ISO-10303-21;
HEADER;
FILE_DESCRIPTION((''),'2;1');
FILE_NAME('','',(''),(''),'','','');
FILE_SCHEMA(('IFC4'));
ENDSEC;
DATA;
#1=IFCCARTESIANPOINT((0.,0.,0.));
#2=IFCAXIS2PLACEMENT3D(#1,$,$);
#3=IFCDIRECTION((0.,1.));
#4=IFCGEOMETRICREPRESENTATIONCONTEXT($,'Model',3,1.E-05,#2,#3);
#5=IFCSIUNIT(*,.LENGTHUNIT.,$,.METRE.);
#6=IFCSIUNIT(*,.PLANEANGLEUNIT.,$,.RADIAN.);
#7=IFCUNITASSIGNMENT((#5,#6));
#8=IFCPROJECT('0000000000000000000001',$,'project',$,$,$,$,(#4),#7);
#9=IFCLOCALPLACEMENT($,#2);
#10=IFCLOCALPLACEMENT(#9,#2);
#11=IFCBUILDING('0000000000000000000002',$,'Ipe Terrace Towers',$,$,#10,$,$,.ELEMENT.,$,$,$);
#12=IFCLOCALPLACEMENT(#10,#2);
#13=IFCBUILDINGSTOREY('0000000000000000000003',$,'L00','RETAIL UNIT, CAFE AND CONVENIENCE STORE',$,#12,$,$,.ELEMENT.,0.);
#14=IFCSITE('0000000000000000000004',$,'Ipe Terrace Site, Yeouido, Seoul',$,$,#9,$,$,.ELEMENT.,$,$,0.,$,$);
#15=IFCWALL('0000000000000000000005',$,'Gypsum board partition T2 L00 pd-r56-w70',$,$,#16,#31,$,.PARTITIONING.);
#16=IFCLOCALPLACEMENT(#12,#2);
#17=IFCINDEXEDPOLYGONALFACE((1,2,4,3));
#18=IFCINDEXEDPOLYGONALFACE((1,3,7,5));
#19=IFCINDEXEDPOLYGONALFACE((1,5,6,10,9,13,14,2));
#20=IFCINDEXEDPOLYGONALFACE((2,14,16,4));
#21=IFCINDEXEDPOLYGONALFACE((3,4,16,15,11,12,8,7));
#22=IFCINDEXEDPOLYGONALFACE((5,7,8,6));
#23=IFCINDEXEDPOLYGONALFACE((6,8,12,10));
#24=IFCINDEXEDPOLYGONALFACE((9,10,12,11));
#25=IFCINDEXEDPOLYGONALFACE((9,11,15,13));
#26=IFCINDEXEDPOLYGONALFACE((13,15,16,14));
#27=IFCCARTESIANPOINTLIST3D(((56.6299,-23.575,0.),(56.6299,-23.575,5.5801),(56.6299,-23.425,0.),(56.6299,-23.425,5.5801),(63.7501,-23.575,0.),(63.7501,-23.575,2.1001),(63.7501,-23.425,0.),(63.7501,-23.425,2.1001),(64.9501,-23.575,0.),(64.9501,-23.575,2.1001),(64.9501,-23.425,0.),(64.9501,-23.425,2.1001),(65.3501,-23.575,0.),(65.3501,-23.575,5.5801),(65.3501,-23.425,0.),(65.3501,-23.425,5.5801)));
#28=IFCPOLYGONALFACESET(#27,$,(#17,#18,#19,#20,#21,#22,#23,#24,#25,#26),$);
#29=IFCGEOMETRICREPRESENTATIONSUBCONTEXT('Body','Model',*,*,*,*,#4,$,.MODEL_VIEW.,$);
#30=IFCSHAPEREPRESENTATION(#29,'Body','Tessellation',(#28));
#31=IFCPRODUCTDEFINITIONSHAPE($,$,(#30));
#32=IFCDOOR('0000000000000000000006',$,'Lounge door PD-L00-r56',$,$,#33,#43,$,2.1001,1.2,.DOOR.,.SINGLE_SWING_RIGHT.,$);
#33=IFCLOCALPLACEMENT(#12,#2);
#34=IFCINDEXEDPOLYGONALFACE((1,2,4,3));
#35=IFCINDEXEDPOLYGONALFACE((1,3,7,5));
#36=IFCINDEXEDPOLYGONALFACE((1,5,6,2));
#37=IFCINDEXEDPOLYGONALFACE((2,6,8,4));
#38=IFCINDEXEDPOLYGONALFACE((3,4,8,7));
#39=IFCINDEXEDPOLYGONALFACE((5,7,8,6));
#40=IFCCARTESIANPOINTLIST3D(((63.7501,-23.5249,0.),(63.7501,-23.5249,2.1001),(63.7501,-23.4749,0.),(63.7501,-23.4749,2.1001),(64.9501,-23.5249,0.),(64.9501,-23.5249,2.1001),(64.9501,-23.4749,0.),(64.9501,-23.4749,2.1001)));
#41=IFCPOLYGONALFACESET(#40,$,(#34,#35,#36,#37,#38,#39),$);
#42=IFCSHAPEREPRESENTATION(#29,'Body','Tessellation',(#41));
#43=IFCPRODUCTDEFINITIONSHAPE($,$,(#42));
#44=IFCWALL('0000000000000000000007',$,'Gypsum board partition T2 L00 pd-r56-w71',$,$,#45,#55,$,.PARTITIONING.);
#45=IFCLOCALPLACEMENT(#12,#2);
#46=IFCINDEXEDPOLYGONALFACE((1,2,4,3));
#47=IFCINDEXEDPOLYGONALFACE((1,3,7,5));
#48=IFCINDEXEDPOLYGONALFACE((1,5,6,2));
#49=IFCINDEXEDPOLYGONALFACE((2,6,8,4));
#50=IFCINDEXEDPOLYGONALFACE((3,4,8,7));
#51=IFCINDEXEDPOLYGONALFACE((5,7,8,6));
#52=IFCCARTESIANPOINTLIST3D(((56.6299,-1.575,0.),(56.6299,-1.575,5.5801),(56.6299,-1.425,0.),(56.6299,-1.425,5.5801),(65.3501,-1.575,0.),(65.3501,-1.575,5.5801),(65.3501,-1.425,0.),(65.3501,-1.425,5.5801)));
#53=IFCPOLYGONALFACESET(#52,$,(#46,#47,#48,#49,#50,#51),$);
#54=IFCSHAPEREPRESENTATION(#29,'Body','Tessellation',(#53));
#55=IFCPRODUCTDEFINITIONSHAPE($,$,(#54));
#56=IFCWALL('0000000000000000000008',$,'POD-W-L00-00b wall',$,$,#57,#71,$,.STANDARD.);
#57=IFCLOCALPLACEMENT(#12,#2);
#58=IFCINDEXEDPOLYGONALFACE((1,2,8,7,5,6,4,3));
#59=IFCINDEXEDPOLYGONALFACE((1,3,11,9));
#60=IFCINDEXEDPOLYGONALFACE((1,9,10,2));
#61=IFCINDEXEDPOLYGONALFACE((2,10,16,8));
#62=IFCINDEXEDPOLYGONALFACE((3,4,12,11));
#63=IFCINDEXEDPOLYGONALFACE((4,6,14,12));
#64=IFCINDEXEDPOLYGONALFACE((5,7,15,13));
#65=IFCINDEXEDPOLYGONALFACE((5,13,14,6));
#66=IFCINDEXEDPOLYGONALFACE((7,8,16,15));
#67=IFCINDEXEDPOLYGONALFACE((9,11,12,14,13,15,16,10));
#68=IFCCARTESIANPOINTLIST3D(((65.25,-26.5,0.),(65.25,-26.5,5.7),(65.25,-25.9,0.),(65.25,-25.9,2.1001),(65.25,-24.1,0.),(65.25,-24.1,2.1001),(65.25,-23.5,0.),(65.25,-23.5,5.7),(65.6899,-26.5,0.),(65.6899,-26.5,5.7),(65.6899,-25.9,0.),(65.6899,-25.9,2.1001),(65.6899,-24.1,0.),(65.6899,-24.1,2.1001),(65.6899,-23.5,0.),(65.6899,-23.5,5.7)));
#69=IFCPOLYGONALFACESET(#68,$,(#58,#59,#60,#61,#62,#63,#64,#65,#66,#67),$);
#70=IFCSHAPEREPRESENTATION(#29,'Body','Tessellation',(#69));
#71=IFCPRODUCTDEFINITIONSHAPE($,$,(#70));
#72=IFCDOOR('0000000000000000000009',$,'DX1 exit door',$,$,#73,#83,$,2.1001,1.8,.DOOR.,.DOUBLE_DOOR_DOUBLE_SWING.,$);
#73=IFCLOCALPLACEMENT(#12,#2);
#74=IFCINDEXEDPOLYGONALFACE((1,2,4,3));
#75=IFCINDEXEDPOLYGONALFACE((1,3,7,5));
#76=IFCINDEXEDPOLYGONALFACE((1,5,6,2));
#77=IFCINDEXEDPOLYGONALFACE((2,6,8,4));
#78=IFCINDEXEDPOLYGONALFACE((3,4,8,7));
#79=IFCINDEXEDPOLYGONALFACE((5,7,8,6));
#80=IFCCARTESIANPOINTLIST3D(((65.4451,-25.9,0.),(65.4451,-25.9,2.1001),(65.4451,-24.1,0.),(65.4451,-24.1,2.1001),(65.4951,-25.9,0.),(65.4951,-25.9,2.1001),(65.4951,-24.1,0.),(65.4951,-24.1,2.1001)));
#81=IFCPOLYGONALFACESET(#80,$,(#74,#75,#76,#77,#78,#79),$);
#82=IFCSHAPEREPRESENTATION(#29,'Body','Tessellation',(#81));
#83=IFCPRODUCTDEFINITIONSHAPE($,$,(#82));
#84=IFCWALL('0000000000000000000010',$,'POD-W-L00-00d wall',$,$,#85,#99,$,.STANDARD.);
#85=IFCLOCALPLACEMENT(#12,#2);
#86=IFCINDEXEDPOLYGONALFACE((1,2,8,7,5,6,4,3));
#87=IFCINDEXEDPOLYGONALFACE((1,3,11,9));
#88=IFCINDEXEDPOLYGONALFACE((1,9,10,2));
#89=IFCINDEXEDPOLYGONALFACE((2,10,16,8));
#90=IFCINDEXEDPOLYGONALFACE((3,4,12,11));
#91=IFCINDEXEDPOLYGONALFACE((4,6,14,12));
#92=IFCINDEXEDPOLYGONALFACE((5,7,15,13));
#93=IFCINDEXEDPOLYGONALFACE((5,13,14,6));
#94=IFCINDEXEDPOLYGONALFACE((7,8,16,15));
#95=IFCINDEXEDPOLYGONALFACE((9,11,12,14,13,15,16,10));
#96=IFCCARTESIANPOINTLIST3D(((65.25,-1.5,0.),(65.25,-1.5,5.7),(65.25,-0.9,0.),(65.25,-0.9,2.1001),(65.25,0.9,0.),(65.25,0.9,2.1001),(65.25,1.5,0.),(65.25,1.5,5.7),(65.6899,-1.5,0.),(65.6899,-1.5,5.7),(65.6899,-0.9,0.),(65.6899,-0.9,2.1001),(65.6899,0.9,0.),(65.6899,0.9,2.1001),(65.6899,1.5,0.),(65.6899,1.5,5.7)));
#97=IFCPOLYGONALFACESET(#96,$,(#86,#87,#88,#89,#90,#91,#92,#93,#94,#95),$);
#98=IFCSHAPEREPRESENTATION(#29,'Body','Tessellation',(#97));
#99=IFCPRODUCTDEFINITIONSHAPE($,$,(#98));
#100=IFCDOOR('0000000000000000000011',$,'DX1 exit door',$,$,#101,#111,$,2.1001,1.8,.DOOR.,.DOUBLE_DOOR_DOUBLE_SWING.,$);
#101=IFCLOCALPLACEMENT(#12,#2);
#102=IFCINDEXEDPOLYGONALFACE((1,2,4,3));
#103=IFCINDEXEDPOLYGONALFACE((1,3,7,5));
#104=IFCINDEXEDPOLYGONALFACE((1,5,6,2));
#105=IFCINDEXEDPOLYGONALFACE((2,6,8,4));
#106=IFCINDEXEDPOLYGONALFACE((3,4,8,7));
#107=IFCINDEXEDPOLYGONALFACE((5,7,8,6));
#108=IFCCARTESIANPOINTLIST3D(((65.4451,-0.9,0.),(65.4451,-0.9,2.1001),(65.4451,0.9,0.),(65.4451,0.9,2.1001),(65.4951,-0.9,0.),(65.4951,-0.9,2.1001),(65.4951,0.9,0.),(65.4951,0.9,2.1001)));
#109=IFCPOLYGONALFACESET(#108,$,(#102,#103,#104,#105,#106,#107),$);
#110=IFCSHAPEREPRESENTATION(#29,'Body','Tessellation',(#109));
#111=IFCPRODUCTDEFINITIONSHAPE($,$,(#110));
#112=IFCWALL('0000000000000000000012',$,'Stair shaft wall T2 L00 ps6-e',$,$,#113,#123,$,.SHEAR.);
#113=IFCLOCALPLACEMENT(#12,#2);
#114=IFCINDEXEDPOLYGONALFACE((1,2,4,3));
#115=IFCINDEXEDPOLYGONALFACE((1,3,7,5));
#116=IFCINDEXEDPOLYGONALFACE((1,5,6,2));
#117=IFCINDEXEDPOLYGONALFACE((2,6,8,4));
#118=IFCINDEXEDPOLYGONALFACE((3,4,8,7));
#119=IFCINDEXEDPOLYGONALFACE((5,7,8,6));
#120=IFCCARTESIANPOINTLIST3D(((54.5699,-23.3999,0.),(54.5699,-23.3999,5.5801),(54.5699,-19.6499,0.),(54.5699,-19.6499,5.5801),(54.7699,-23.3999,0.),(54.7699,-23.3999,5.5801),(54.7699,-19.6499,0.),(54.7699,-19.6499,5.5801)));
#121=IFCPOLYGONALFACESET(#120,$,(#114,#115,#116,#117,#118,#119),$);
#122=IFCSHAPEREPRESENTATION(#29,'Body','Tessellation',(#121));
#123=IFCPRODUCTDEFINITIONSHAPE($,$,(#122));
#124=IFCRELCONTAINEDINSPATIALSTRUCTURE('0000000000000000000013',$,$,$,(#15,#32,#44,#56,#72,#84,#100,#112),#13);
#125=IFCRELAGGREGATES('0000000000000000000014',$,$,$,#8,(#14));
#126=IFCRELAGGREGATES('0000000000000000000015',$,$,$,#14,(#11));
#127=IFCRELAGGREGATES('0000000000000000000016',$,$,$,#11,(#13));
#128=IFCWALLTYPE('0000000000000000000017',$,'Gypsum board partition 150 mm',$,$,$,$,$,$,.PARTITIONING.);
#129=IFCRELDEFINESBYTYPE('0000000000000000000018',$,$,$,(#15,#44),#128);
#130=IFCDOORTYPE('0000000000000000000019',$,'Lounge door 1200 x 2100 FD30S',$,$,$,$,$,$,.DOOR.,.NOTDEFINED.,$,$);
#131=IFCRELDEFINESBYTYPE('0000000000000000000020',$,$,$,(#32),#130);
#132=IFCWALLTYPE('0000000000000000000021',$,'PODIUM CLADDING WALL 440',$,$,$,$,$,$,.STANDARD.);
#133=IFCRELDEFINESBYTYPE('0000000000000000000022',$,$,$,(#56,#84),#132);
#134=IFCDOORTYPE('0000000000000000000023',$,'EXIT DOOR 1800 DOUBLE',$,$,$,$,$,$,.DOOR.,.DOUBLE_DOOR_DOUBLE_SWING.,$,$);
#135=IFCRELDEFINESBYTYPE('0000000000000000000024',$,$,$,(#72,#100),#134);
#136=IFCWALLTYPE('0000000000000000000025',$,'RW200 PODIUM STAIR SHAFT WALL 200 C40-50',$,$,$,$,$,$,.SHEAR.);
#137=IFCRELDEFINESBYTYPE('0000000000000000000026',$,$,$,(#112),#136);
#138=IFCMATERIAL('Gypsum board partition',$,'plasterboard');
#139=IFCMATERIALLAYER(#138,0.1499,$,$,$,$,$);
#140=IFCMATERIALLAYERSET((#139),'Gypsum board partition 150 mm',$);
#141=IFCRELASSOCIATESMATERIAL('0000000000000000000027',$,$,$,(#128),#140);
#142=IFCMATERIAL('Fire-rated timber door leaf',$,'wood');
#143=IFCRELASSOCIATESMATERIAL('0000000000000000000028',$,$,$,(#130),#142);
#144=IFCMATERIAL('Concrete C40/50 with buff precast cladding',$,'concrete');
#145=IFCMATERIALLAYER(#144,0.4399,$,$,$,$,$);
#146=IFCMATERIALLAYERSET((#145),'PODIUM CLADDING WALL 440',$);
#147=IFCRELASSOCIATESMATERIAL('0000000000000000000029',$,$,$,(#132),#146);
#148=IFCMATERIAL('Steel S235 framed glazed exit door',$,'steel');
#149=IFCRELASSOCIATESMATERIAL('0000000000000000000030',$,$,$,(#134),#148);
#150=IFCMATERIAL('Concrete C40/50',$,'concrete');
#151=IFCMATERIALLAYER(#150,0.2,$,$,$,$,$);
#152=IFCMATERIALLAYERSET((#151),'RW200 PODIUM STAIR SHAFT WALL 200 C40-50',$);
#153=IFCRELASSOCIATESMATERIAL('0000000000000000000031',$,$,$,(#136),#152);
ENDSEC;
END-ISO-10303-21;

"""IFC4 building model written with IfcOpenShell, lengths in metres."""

from ifc_helpers import new_model, si_unit, direction, frame, frame_2d, origin, place, context, subcontext, project, spatial, rectangle, extrude, material, layer, layer_set, type_object, element, fill, save


model = new_model("IFC4")

# Units and contexts
model_context = context("Model", 3, precision=1e-05, world=origin(), true_north=direction((0.0, 1.0)))
body_context = subcontext(model_context, "Body", "Model", "MODEL_VIEW")
ifc_project = project(units=[si_unit("LENGTHUNIT", "METRE"), si_unit("PLANEANGLEUNIT", "RADIAN")], contexts=[model_context])

# Site, building, storey
site_placement = place(None, origin())
site = spatial("IfcSite", under=ifc_project, at=site_placement, Name="Ipe Terrace Site, Yeouido, Seoul", CompositionType="ELEMENT", RefElevation=0.0)
building_placement = place(site_placement, origin())
building = spatial("IfcBuilding", under=site, at=building_placement, Name="Ipe Terrace Towers", CompositionType="ELEMENT")
storey_placement = place(building_placement, origin())
storey = spatial("IfcBuildingStorey", under=building, at=storey_placement, Name="L00", Description="RETAIL UNIT, CAFE AND CONVENIENCE STORE", CompositionType="ELEMENT", Elevation=0.0)

# Shared definitions
ifc_material_1 = material(Name="Gypsum board partition", Category="plasterboard")
ifc_layer_1 = layer(ifc_material_1, 0.1499)
ifc_layer_set_1 = layer_set([ifc_layer_1], Name="Gypsum board partition 150 mm")
wall_type_1 = type_object("IfcWallType", Name="Gypsum board partition 150 mm", PredefinedType="PARTITIONING", material=ifc_layer_set_1)

# Wall, opening, door
wall_1_placement = place(storey_placement, frame((65.3501, -23.5, 0.0), z_axis=(0.0, 0.0, 1.0), x_axis=(-1.0, 0.0, 0.0)))
wall_1 = element("IfcWall", 1, at=wall_1_placement, inside=storey, type_object=wall_type_1, Name="Gypsum board partition T2 L00 pd-r56-w70", PredefinedType="PARTITIONING", context=body_context, shape_type="SweptSolid", body=[
    extrude(rectangle(XDim=8.7202, YDim=0.1499, at=frame_2d((4.3601, 0.0))), origin(), (0.0, 0.0, 1.0), 5.5801),
])
opening_1_placement = place(wall_1_placement, frame((0.3999, 0.0, 0.0)))
opening_1 = element("IfcOpeningElement", 2, at=opening_1_placement, cuts=wall_1, PredefinedType="OPENING", context=body_context, shape_type="SweptSolid", body=[
    extrude(rectangle(XDim=1.2, YDim=2.1001, at=frame_2d((0.6001, 1.05))), frame((0.0, 0.085, 0.0), z_axis=(0.0, -1.0, 0.0), x_axis=(1.0, 0.0, 0.0)), (0.0, 0.0, 1.0), 0.1699),
])
ifc_material_2 = material(Name="Fire-rated timber door leaf", Category="wood")
door_type_1 = type_object("IfcDoorType", Name="Lounge door 1200 x 2100 FD30S", OperationType="NOTDEFINED", PredefinedType="DOOR", material=ifc_material_2)
door_1_placement = place(opening_1_placement, origin())
door_1 = element("IfcDoor", 3, at=door_1_placement, inside=storey, type_object=door_type_1, Name="Lounge door PD-L00-r56", OperationType="SINGLE_SWING_RIGHT", OverallHeight=2.1001, OverallWidth=1.2, PredefinedType="DOOR", context=body_context, shape_type="SweptSolid", body=[
    extrude(rectangle(XDim=1.2, YDim=2.1001, at=frame_2d((0.6001, 1.05))), frame((0.0, 0.0249, 0.0), z_axis=(0.0, -1.0, 0.0), x_axis=(1.0, 0.0, 0.0)), (0.0, 0.0, 1.0), 0.05),
])
fill(opening_1, door_1)

# Wall
wall_2_placement = place(storey_placement, frame((56.6299, -1.5, 0.0), z_axis=(0.0, 0.0, 1.0), x_axis=(1.0, 0.0, 0.0)))
element("IfcWall", 4, at=wall_2_placement, inside=storey, type_object=wall_type_1, Name="Gypsum board partition T2 L00 pd-r56-w71", PredefinedType="PARTITIONING", context=body_context, shape_type="SweptSolid", body=[
    extrude(rectangle(XDim=8.7202, YDim=0.1499, at=frame_2d((4.3601, 0.0))), origin(), (0.0, 0.0, 1.0), 5.5801),
])

# Walls, openings, doors
ifc_material_3 = material(Name="Concrete C40/50 with buff precast cladding", Category="concrete")
ifc_layer_2 = layer(ifc_material_3, 0.4399)
ifc_layer_set_2 = layer_set([ifc_layer_2], Name="PODIUM CLADDING WALL 440")
wall_type_2 = type_object("IfcWallType", Name="PODIUM CLADDING WALL 440", PredefinedType="STANDARD", material=ifc_layer_set_2)
wall_3_placement = place(storey_placement, frame((65.47, -26.5, 0.0), z_axis=(0.0, 0.0, 1.0), x_axis=(0.0, 1.0, 0.0)))
wall_3 = element("IfcWall", 5, at=wall_3_placement, inside=storey, type_object=wall_type_2, Name="POD-W-L00-00b wall", PredefinedType="STANDARD", context=body_context, shape_type="SweptSolid", body=[
    extrude(rectangle(XDim=3.0, YDim=0.4399, at=frame_2d((1.5, 0.0))), origin(), (0.0, 0.0, 1.0), 5.7),
])
opening_2_placement = place(wall_3_placement, frame((0.6001, 0.0, 0.0)))
opening_2 = element("IfcOpeningElement", 6, at=opening_2_placement, cuts=wall_3, PredefinedType="OPENING", context=body_context, shape_type="SweptSolid", body=[
    extrude(rectangle(XDim=1.8, YDim=2.1001, at=frame_2d((0.8999, 1.05))), frame((0.0, 0.23, 0.0), z_axis=(0.0, -1.0, 0.0), x_axis=(1.0, 0.0, 0.0)), (0.0, 0.0, 1.0), 0.46),
])
ifc_material_4 = material(Name="Steel S235 framed glazed exit door", Category="steel")
door_type_2 = type_object("IfcDoorType", Name="EXIT DOOR 1800 DOUBLE", OperationType="DOUBLE_DOOR_DOUBLE_SWING", PredefinedType="DOOR", material=ifc_material_4)
door_2_placement = place(opening_2_placement, origin())
door_2 = element("IfcDoor", 7, at=door_2_placement, inside=storey, type_object=door_type_2, Name="DX1 exit door", OperationType="DOUBLE_DOOR_DOUBLE_SWING", OverallHeight=2.1001, OverallWidth=1.8, PredefinedType="DOOR", context=body_context, shape_type="SweptSolid", body=[
    extrude(rectangle(XDim=1.8, YDim=2.1001, at=frame_2d((0.8999, 1.05))), frame((0.0, 0.0249, 0.0), z_axis=(0.0, -1.0, 0.0), x_axis=(1.0, 0.0, 0.0)), (0.0, 0.0, 1.0), 0.05),
])
fill(opening_2, door_2)
wall_4_placement = place(storey_placement, frame((65.47, -1.5, 0.0), z_axis=(0.0, 0.0, 1.0), x_axis=(0.0, 1.0, 0.0)))
wall_4 = element("IfcWall", 8, at=wall_4_placement, inside=storey, type_object=wall_type_2, Name="POD-W-L00-00d wall", PredefinedType="STANDARD", context=body_context, shape_type="SweptSolid", body=[
    extrude(rectangle(XDim=3.0, YDim=0.4399, at=frame_2d((1.5, 0.0))), origin(), (0.0, 0.0, 1.0), 5.7),
])
opening_3_placement = place(wall_4_placement, frame((0.6001, 0.0, 0.0)))
opening_3 = element("IfcOpeningElement", 9, at=opening_3_placement, cuts=wall_4, PredefinedType="OPENING", context=body_context, shape_type="SweptSolid", body=[
    extrude(rectangle(XDim=1.8, YDim=2.1001, at=frame_2d((0.8999, 1.05))), frame((0.0, 0.23, 0.0), z_axis=(0.0, -1.0, 0.0), x_axis=(1.0, 0.0, 0.0)), (0.0, 0.0, 1.0), 0.46),
])
door_3_placement = place(opening_3_placement, origin())
door_3 = element("IfcDoor", 10, at=door_3_placement, inside=storey, type_object=door_type_2, Name="DX1 exit door", OperationType="DOUBLE_DOOR_DOUBLE_SWING", OverallHeight=2.1001, OverallWidth=1.8, PredefinedType="DOOR", context=body_context, shape_type="SweptSolid", body=[
    extrude(rectangle(XDim=1.8, YDim=2.1001, at=frame_2d((0.8999, 1.05))), frame((0.0, 0.0249, 0.0), z_axis=(0.0, -1.0, 0.0), x_axis=(1.0, 0.0, 0.0)), (0.0, 0.0, 1.0), 0.05),
])
fill(opening_3, door_3)

# Wall
ifc_material_5 = material(Name="Concrete C40/50", Category="concrete")
ifc_layer_3 = layer(ifc_material_5, 0.2)
ifc_layer_set_3 = layer_set([ifc_layer_3], Name="RW200 PODIUM STAIR SHAFT WALL 200 C40-50")
wall_type_3 = type_object("IfcWallType", Name="RW200 PODIUM STAIR SHAFT WALL 200 C40-50", PredefinedType="SHEAR", material=ifc_layer_set_3)
wall_5_placement = place(storey_placement, frame((54.6699, -23.3999, 0.0), z_axis=(0.0, 0.0, 1.0), x_axis=(0.0, 1.0, 0.0)))
element("IfcWall", 11, at=wall_5_placement, inside=storey, type_object=wall_type_3, Name="Stair shaft wall T2 L00 ps6-e", PredefinedType="SHEAR", context=body_context, shape_type="SweptSolid", body=[
    extrude(rectangle(XDim=3.75, YDim=0.2, at=frame_2d((1.875, 0.0))), origin(), (0.0, 0.0, 1.0), 5.5801),
])

save(model, "model.ifc")
